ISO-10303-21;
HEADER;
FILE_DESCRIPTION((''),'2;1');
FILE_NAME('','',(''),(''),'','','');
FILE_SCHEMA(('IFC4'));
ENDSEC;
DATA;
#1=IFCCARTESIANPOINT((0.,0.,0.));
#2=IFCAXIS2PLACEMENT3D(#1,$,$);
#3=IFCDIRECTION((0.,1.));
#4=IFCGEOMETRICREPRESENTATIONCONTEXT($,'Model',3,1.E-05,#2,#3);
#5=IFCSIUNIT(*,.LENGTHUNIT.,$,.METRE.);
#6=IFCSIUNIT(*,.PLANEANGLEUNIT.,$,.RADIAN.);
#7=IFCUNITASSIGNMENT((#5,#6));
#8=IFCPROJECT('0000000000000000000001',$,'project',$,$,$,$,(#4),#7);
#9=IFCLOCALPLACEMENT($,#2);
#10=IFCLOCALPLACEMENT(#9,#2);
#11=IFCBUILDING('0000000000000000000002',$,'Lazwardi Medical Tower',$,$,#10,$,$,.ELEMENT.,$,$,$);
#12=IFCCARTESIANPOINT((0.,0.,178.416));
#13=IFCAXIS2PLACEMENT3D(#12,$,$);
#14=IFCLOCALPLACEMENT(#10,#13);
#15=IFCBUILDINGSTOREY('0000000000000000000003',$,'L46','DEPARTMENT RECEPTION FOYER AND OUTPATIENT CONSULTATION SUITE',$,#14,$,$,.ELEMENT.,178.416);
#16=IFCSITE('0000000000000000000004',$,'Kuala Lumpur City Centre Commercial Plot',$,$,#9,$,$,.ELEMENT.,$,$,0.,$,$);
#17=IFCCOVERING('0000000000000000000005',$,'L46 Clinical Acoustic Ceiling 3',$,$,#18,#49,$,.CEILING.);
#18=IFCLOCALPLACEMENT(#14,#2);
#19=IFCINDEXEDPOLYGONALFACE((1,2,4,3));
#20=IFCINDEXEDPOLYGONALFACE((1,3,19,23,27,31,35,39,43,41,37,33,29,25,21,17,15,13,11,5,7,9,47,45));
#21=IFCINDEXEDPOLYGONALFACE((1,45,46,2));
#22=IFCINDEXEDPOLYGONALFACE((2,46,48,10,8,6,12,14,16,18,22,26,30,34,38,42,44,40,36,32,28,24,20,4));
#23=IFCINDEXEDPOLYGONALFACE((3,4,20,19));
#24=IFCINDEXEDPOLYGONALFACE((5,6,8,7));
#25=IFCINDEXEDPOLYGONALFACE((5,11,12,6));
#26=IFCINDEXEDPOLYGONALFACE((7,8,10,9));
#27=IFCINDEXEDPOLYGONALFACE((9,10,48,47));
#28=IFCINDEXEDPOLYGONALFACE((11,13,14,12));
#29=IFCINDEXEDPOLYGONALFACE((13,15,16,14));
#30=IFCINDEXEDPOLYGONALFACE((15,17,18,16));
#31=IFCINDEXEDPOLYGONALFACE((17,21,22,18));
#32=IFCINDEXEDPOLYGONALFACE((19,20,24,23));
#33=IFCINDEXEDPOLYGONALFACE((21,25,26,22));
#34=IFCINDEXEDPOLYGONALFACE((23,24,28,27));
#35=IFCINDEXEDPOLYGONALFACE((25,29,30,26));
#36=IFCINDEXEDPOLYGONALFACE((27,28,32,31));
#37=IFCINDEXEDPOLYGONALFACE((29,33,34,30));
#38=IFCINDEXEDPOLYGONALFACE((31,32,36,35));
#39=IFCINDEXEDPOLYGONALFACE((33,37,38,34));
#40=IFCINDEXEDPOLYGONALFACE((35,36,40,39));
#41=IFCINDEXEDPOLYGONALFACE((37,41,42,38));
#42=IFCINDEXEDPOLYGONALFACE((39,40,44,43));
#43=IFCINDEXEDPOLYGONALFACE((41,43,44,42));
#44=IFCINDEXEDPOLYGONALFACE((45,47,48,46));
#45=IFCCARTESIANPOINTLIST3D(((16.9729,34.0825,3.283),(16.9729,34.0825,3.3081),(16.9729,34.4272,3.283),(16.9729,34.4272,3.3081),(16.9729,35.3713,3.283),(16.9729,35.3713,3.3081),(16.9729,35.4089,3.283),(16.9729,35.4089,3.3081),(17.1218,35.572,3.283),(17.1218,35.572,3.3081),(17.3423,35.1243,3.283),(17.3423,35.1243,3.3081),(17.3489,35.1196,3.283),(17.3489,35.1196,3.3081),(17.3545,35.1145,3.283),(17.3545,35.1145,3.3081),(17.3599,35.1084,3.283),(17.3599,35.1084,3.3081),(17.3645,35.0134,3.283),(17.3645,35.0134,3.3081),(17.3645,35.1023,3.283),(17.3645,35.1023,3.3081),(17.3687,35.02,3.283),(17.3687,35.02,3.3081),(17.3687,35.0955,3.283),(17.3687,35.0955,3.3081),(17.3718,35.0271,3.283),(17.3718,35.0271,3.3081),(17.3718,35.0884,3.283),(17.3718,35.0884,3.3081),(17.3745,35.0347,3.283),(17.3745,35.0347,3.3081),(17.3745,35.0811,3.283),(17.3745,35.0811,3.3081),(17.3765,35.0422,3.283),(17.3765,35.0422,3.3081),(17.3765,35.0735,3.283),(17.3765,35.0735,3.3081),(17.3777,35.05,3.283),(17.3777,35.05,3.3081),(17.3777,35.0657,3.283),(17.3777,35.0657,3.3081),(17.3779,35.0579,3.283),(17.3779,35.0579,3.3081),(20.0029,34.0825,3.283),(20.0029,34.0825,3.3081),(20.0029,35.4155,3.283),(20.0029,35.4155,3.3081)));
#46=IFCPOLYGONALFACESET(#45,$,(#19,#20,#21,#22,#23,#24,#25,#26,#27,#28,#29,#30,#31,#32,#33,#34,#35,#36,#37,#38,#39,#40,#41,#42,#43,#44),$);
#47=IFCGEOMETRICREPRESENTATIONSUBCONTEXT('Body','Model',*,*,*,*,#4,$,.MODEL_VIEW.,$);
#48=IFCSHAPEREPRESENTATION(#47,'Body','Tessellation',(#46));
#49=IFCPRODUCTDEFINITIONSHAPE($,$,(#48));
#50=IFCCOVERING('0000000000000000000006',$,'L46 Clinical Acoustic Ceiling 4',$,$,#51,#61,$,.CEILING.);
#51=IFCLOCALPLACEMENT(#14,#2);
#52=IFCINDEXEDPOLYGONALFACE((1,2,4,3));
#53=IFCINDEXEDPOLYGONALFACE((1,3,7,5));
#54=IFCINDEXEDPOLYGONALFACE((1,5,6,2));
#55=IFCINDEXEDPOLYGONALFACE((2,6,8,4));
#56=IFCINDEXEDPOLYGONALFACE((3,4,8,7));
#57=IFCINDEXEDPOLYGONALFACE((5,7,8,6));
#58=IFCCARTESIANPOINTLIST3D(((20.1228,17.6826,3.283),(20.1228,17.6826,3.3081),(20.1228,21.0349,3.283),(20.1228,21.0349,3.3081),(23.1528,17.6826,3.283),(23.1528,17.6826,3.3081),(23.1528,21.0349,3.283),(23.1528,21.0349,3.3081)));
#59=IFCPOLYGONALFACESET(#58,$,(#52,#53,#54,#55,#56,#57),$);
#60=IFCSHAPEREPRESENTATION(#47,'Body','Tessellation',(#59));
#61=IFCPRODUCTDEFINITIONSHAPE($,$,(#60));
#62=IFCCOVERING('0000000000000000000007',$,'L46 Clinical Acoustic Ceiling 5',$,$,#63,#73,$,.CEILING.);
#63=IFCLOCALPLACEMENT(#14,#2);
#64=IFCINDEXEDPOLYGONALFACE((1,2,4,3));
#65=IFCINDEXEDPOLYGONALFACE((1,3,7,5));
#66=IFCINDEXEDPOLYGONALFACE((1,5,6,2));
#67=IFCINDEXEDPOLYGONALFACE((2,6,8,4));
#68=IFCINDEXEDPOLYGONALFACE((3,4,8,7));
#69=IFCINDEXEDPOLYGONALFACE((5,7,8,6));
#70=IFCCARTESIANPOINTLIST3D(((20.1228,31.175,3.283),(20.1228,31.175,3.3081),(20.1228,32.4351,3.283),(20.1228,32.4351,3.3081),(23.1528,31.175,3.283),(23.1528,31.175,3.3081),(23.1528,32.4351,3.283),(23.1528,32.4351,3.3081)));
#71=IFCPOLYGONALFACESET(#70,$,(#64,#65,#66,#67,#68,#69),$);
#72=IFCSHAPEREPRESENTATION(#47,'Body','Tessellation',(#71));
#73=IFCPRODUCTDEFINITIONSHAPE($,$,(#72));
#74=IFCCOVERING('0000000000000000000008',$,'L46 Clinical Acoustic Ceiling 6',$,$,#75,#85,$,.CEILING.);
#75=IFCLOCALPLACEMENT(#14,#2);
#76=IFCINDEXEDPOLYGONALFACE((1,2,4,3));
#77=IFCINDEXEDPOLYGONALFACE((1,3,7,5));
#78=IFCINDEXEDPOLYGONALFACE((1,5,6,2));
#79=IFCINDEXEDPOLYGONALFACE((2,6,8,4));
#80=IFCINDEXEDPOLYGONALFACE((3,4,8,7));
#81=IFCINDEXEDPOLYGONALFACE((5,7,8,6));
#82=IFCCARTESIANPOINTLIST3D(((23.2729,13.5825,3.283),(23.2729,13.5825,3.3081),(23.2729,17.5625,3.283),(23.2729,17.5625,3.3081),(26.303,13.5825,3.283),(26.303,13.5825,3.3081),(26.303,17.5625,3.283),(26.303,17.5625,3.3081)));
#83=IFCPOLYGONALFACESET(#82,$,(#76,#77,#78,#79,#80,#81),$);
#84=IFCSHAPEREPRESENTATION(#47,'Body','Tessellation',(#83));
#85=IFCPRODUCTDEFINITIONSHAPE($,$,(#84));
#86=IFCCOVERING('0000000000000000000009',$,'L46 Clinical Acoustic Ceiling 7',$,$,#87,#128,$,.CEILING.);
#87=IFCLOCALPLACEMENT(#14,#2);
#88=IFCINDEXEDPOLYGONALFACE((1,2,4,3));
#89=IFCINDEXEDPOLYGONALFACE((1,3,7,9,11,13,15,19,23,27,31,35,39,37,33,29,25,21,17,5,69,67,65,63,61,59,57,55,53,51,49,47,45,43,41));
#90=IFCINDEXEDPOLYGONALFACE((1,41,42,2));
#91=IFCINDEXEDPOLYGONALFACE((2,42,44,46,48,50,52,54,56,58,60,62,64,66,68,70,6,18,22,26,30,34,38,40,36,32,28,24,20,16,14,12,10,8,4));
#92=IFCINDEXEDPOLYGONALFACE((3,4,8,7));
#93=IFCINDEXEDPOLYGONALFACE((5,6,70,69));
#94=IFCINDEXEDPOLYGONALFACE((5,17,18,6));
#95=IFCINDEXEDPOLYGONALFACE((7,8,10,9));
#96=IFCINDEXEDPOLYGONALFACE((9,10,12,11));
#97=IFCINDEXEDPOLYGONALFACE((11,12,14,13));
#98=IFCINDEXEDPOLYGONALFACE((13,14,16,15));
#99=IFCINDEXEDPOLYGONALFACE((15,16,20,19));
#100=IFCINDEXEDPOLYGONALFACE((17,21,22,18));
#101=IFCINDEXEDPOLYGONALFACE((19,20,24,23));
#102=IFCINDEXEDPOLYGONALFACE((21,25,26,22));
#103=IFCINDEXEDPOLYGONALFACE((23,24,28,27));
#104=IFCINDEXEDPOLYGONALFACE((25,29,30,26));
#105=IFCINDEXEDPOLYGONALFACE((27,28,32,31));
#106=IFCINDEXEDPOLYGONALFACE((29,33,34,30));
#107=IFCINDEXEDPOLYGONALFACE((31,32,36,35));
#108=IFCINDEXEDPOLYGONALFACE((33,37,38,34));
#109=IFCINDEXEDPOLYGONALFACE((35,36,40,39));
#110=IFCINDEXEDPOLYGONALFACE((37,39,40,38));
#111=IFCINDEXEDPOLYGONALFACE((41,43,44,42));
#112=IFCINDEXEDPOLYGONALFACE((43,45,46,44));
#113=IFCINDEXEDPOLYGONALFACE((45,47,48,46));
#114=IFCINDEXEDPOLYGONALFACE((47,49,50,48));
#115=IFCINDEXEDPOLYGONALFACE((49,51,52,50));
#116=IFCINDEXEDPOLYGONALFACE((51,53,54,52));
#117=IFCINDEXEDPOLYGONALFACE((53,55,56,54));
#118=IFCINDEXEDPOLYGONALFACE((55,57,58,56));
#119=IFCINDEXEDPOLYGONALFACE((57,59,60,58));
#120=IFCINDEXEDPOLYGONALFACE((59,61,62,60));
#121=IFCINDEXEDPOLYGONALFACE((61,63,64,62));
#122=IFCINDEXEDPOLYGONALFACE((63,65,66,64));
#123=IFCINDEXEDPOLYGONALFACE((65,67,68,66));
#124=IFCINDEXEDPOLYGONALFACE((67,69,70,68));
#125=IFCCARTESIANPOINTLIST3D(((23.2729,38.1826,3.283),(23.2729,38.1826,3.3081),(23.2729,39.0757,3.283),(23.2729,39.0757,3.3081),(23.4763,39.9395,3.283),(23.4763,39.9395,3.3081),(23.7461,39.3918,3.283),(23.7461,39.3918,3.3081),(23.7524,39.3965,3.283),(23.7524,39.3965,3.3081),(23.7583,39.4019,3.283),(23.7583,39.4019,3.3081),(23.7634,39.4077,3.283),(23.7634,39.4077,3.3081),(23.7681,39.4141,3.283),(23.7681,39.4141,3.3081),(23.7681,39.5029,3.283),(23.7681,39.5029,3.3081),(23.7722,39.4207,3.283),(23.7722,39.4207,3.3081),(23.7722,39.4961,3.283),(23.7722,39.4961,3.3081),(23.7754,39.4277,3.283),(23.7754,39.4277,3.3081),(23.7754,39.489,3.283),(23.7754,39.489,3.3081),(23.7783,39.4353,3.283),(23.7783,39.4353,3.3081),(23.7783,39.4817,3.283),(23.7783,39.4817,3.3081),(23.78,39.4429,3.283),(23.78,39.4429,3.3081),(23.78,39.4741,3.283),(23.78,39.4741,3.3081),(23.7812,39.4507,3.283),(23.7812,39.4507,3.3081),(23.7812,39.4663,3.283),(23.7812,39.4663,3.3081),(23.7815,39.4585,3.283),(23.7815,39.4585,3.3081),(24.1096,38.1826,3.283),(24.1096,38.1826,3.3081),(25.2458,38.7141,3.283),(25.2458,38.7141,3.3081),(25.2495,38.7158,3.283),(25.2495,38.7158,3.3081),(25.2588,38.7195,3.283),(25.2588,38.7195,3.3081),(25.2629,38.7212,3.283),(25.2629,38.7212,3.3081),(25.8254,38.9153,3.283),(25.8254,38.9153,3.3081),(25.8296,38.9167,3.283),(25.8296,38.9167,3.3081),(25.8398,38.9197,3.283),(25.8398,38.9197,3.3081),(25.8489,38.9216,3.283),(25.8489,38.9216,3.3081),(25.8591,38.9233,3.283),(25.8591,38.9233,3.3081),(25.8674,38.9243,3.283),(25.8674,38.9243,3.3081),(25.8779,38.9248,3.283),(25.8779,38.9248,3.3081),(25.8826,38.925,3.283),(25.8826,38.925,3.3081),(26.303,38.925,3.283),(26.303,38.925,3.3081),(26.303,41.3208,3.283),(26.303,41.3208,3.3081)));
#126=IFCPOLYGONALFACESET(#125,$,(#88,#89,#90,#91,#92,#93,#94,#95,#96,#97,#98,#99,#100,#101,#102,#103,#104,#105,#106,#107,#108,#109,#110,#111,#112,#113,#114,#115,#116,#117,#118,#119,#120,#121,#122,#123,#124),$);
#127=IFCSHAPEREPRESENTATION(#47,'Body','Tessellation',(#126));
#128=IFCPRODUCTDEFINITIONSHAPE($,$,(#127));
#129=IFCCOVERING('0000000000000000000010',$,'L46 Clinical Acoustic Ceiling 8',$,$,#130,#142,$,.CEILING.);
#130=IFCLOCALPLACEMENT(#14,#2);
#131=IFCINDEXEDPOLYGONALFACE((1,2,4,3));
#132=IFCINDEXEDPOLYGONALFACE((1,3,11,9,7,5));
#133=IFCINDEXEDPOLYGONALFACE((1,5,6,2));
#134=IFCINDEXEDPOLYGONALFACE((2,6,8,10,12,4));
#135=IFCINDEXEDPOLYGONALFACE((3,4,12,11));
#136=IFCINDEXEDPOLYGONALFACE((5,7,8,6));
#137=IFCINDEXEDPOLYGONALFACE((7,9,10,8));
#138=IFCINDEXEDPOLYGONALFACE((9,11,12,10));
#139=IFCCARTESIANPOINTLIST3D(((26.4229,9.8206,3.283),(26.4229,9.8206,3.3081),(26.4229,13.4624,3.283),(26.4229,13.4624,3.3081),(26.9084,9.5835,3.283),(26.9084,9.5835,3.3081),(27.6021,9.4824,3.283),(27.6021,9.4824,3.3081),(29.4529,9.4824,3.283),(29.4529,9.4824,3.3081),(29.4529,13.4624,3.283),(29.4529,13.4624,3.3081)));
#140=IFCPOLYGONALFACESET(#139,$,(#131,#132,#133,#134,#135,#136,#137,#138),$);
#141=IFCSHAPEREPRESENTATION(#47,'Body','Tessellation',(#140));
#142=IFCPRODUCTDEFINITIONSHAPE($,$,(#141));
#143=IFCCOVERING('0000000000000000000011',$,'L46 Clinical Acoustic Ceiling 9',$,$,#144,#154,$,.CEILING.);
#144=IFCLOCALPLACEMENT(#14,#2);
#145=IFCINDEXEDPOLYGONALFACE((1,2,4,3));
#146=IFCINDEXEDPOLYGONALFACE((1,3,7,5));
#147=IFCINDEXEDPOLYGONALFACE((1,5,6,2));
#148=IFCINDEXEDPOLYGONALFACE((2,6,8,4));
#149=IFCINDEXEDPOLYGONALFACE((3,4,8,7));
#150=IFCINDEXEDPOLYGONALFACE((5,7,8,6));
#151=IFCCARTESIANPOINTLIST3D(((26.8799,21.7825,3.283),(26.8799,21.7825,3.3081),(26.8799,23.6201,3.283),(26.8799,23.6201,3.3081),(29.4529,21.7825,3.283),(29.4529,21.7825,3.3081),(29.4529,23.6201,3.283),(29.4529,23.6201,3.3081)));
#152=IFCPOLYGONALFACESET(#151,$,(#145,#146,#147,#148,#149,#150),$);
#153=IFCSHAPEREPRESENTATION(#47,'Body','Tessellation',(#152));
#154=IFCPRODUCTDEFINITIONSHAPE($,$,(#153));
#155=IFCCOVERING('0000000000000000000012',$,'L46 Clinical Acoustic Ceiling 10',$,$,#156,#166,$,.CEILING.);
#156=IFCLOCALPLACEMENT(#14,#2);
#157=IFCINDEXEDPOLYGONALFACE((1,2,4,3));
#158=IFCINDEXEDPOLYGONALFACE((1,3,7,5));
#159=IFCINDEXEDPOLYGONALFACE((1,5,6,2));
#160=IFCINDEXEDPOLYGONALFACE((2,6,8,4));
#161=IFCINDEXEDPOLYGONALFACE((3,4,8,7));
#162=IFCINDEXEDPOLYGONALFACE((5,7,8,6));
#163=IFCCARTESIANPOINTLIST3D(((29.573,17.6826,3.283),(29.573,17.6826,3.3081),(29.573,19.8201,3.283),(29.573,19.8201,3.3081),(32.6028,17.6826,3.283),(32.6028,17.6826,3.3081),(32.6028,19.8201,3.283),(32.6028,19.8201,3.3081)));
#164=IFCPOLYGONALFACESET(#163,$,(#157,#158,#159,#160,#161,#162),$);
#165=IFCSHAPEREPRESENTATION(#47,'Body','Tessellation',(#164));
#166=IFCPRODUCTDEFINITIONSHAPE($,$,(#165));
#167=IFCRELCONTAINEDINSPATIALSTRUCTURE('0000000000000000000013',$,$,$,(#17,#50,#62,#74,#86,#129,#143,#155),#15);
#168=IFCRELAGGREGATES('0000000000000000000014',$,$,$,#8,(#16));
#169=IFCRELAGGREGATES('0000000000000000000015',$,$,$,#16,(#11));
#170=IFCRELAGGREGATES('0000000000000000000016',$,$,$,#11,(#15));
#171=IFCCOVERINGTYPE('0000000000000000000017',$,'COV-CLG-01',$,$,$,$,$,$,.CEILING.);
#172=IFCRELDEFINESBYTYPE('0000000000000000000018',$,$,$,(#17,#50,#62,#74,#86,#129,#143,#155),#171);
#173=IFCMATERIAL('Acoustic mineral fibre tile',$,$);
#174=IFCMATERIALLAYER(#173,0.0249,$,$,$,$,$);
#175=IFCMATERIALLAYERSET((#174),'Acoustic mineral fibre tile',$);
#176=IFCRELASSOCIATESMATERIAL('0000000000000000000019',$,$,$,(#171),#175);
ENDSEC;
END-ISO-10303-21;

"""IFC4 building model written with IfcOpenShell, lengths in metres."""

from ifc_helpers import new_model, si_unit, direction, frame, origin, place, context, subcontext, project, spatial, polyline, outline, extrude, material, layer, layer_set, type_object, element, save


model = new_model("IFC4")

# Units and contexts
model_context = context("Model", 3, precision=1e-05, world=origin(), true_north=direction((0.0, 1.0)))
body_context = subcontext(model_context, "Body", "Model", "MODEL_VIEW")
ifc_project = project(units=[si_unit("LENGTHUNIT", "METRE"), si_unit("PLANEANGLEUNIT", "RADIAN")], contexts=[model_context])

# Site, building, storey
site_placement = place(None, origin())
site = spatial("IfcSite", under=ifc_project, at=site_placement, Name="Kuala Lumpur City Centre Commercial Plot", CompositionType="ELEMENT", RefElevation=0.0)
building_placement = place(site_placement, origin())
building = spatial("IfcBuilding", under=site, at=building_placement, Name="Lazwardi Medical Tower", CompositionType="ELEMENT")
storey_placement = place(building_placement, frame((0.0, 0.0, 178.416)))
storey = spatial("IfcBuildingStorey", under=building, at=storey_placement, Name="L46", Description="DEPARTMENT RECEPTION FOYER AND OUTPATIENT CONSULTATION SUITE", CompositionType="ELEMENT", Elevation=178.416)

# Coverings
ifc_material_1 = material(Name="Acoustic mineral fibre tile")
ifc_layer_1 = layer(ifc_material_1, 0.0249)
ifc_layer_set_1 = layer_set([ifc_layer_1], Name="Acoustic mineral fibre tile")
covering_type_1 = type_object("IfcCoveringType", Name="COV-CLG-01", PredefinedType="CEILING", material=ifc_layer_set_1)
covering_1_placement = place(storey_placement, frame((0.0, 0.0, 3.283)))
element("IfcCovering", 1, at=covering_1_placement, inside=storey, type_object=covering_type_1, Name="L46 Clinical Acoustic Ceiling 3", PredefinedType="CEILING", context=body_context, shape_type="SweptSolid", body=[
    extrude(outline(polyline([(20.0029, 35.4155), (17.1218, 35.572), (16.9729, 35.4089), (16.9729, 35.3713), (17.3423, 35.1243), (17.3489, 35.1196), (17.3545, 35.1145), (17.3599, 35.1084), (17.3645, 35.1023), (17.3687, 35.0955), (17.3718, 35.0884), (17.3745, 35.0811), (17.3765, 35.0735), (17.3777, 35.0657), (17.3779, 35.0579), (17.3777, 35.05), (17.3765, 35.0422), (17.3745, 35.0347), (17.3718, 35.0271), (17.3687, 35.02), (17.3645, 35.0134), (16.9729, 34.4272), (16.9729, 34.0825), (20.0029, 34.0825), (20.0029, 35.4155)])), origin(), (0.0, 0.0, 1.0), 0.0251),
])
covering_2_placement = place(storey_placement, frame((0.0, 0.0, 3.283)))
element("IfcCovering", 2, at=covering_2_placement, inside=storey, type_object=covering_type_1, Name="L46 Clinical Acoustic Ceiling 4", PredefinedType="CEILING", context=body_context, shape_type="SweptSolid", body=[
    extrude(outline(polyline([(23.1528, 21.0349), (20.1228, 21.0349), (20.1228, 17.6826), (23.1528, 17.6826), (23.1528, 21.0349)])), origin(), (0.0, 0.0, 1.0), 0.0251),
])
covering_3_placement = place(storey_placement, frame((0.0, 0.0, 3.283)))
element("IfcCovering", 3, at=covering_3_placement, inside=storey, type_object=covering_type_1, Name="L46 Clinical Acoustic Ceiling 5", PredefinedType="CEILING", context=body_context, shape_type="SweptSolid", body=[
    extrude(outline(polyline([(23.1528, 32.4351), (20.1228, 32.4351), (20.1228, 31.175), (23.1528, 31.175), (23.1528, 32.4351)])), origin(), (0.0, 0.0, 1.0), 0.0251),
])
covering_4_placement = place(storey_placement, frame((0.0, 0.0, 3.283)))
element("IfcCovering", 4, at=covering_4_placement, inside=storey, type_object=covering_type_1, Name="L46 Clinical Acoustic Ceiling 6", PredefinedType="CEILING", context=body_context, shape_type="SweptSolid", body=[
    extrude(outline(polyline([(26.303, 13.5825), (26.303, 17.5625), (23.2729, 17.5625), (23.2729, 13.5825), (26.303, 13.5825)])), origin(), (0.0, 0.0, 1.0), 0.0251),
])
covering_5_placement = place(storey_placement, frame((0.0, 0.0, 3.283)))
element("IfcCovering", 5, at=covering_5_placement, inside=storey, type_object=covering_type_1, Name="L46 Clinical Acoustic Ceiling 7", PredefinedType="CEILING", context=body_context, shape_type="SweptSolid", body=[
    extrude(outline(polyline([(26.303, 41.3208), (23.4763, 39.9395), (23.7681, 39.5029), (23.7722, 39.4961), (23.7754, 39.489), (23.7783, 39.4817), (23.78, 39.4741), (23.7812, 39.4663), (23.7815, 39.4585), (23.7812, 39.4507), (23.78, 39.4429), (23.7783, 39.4353), (23.7754, 39.4277), (23.7722, 39.4207), (23.7681, 39.4141), (23.7634, 39.4077), (23.7583, 39.4019), (23.7524, 39.3965), (23.7461, 39.3918), (23.2729, 39.0757), (23.2729, 38.1826), (24.1096, 38.1826), (25.2458, 38.7141), (25.2495, 38.7158), (25.2588, 38.7195), (25.2629, 38.7212), (25.8254, 38.9153), (25.8296, 38.9167), (25.8398, 38.9197), (25.8489, 38.9216), (25.8591, 38.9233), (25.8674, 38.9243), (25.8779, 38.9248), (25.8826, 38.925), (26.303, 38.925), (26.303, 41.3208)])), origin(), (0.0, 0.0, 1.0), 0.0251),
])
covering_6_placement = place(storey_placement, frame((0.0, 0.0, 3.283)))
element("IfcCovering", 6, at=covering_6_placement, inside=storey, type_object=covering_type_1, Name="L46 Clinical Acoustic Ceiling 8", PredefinedType="CEILING", context=body_context, shape_type="SweptSolid", body=[
    extrude(outline(polyline([(26.4229, 9.8206), (26.9084, 9.5835), (27.6021, 9.4824), (29.4529, 9.4824), (29.4529, 13.4624), (26.4229, 13.4624), (26.4229, 9.8206)])), origin(), (0.0, 0.0, 1.0), 0.0251),
])
covering_7_placement = place(storey_placement, frame((0.0, 0.0, 3.283)))
element("IfcCovering", 7, at=covering_7_placement, inside=storey, type_object=covering_type_1, Name="L46 Clinical Acoustic Ceiling 9", PredefinedType="CEILING", context=body_context, shape_type="SweptSolid", body=[
    extrude(outline(polyline([(29.4529, 23.6201), (26.8799, 23.6201), (26.8799, 21.7825), (29.4529, 21.7825), (29.4529, 23.6201)])), origin(), (0.0, 0.0, 1.0), 0.0251),
])
covering_8_placement = place(storey_placement, frame((0.0, 0.0, 3.283)))
element("IfcCovering", 8, at=covering_8_placement, inside=storey, type_object=covering_type_1, Name="L46 Clinical Acoustic Ceiling 10", PredefinedType="CEILING", context=body_context, shape_type="SweptSolid", body=[
    extrude(outline(polyline([(32.6028, 19.8201), (29.573, 19.8201), (29.573, 17.6826), (32.6028, 17.6826), (32.6028, 19.8201)])), origin(), (0.0, 0.0, 1.0), 0.0251),
])

save(model, "model.ifc")
